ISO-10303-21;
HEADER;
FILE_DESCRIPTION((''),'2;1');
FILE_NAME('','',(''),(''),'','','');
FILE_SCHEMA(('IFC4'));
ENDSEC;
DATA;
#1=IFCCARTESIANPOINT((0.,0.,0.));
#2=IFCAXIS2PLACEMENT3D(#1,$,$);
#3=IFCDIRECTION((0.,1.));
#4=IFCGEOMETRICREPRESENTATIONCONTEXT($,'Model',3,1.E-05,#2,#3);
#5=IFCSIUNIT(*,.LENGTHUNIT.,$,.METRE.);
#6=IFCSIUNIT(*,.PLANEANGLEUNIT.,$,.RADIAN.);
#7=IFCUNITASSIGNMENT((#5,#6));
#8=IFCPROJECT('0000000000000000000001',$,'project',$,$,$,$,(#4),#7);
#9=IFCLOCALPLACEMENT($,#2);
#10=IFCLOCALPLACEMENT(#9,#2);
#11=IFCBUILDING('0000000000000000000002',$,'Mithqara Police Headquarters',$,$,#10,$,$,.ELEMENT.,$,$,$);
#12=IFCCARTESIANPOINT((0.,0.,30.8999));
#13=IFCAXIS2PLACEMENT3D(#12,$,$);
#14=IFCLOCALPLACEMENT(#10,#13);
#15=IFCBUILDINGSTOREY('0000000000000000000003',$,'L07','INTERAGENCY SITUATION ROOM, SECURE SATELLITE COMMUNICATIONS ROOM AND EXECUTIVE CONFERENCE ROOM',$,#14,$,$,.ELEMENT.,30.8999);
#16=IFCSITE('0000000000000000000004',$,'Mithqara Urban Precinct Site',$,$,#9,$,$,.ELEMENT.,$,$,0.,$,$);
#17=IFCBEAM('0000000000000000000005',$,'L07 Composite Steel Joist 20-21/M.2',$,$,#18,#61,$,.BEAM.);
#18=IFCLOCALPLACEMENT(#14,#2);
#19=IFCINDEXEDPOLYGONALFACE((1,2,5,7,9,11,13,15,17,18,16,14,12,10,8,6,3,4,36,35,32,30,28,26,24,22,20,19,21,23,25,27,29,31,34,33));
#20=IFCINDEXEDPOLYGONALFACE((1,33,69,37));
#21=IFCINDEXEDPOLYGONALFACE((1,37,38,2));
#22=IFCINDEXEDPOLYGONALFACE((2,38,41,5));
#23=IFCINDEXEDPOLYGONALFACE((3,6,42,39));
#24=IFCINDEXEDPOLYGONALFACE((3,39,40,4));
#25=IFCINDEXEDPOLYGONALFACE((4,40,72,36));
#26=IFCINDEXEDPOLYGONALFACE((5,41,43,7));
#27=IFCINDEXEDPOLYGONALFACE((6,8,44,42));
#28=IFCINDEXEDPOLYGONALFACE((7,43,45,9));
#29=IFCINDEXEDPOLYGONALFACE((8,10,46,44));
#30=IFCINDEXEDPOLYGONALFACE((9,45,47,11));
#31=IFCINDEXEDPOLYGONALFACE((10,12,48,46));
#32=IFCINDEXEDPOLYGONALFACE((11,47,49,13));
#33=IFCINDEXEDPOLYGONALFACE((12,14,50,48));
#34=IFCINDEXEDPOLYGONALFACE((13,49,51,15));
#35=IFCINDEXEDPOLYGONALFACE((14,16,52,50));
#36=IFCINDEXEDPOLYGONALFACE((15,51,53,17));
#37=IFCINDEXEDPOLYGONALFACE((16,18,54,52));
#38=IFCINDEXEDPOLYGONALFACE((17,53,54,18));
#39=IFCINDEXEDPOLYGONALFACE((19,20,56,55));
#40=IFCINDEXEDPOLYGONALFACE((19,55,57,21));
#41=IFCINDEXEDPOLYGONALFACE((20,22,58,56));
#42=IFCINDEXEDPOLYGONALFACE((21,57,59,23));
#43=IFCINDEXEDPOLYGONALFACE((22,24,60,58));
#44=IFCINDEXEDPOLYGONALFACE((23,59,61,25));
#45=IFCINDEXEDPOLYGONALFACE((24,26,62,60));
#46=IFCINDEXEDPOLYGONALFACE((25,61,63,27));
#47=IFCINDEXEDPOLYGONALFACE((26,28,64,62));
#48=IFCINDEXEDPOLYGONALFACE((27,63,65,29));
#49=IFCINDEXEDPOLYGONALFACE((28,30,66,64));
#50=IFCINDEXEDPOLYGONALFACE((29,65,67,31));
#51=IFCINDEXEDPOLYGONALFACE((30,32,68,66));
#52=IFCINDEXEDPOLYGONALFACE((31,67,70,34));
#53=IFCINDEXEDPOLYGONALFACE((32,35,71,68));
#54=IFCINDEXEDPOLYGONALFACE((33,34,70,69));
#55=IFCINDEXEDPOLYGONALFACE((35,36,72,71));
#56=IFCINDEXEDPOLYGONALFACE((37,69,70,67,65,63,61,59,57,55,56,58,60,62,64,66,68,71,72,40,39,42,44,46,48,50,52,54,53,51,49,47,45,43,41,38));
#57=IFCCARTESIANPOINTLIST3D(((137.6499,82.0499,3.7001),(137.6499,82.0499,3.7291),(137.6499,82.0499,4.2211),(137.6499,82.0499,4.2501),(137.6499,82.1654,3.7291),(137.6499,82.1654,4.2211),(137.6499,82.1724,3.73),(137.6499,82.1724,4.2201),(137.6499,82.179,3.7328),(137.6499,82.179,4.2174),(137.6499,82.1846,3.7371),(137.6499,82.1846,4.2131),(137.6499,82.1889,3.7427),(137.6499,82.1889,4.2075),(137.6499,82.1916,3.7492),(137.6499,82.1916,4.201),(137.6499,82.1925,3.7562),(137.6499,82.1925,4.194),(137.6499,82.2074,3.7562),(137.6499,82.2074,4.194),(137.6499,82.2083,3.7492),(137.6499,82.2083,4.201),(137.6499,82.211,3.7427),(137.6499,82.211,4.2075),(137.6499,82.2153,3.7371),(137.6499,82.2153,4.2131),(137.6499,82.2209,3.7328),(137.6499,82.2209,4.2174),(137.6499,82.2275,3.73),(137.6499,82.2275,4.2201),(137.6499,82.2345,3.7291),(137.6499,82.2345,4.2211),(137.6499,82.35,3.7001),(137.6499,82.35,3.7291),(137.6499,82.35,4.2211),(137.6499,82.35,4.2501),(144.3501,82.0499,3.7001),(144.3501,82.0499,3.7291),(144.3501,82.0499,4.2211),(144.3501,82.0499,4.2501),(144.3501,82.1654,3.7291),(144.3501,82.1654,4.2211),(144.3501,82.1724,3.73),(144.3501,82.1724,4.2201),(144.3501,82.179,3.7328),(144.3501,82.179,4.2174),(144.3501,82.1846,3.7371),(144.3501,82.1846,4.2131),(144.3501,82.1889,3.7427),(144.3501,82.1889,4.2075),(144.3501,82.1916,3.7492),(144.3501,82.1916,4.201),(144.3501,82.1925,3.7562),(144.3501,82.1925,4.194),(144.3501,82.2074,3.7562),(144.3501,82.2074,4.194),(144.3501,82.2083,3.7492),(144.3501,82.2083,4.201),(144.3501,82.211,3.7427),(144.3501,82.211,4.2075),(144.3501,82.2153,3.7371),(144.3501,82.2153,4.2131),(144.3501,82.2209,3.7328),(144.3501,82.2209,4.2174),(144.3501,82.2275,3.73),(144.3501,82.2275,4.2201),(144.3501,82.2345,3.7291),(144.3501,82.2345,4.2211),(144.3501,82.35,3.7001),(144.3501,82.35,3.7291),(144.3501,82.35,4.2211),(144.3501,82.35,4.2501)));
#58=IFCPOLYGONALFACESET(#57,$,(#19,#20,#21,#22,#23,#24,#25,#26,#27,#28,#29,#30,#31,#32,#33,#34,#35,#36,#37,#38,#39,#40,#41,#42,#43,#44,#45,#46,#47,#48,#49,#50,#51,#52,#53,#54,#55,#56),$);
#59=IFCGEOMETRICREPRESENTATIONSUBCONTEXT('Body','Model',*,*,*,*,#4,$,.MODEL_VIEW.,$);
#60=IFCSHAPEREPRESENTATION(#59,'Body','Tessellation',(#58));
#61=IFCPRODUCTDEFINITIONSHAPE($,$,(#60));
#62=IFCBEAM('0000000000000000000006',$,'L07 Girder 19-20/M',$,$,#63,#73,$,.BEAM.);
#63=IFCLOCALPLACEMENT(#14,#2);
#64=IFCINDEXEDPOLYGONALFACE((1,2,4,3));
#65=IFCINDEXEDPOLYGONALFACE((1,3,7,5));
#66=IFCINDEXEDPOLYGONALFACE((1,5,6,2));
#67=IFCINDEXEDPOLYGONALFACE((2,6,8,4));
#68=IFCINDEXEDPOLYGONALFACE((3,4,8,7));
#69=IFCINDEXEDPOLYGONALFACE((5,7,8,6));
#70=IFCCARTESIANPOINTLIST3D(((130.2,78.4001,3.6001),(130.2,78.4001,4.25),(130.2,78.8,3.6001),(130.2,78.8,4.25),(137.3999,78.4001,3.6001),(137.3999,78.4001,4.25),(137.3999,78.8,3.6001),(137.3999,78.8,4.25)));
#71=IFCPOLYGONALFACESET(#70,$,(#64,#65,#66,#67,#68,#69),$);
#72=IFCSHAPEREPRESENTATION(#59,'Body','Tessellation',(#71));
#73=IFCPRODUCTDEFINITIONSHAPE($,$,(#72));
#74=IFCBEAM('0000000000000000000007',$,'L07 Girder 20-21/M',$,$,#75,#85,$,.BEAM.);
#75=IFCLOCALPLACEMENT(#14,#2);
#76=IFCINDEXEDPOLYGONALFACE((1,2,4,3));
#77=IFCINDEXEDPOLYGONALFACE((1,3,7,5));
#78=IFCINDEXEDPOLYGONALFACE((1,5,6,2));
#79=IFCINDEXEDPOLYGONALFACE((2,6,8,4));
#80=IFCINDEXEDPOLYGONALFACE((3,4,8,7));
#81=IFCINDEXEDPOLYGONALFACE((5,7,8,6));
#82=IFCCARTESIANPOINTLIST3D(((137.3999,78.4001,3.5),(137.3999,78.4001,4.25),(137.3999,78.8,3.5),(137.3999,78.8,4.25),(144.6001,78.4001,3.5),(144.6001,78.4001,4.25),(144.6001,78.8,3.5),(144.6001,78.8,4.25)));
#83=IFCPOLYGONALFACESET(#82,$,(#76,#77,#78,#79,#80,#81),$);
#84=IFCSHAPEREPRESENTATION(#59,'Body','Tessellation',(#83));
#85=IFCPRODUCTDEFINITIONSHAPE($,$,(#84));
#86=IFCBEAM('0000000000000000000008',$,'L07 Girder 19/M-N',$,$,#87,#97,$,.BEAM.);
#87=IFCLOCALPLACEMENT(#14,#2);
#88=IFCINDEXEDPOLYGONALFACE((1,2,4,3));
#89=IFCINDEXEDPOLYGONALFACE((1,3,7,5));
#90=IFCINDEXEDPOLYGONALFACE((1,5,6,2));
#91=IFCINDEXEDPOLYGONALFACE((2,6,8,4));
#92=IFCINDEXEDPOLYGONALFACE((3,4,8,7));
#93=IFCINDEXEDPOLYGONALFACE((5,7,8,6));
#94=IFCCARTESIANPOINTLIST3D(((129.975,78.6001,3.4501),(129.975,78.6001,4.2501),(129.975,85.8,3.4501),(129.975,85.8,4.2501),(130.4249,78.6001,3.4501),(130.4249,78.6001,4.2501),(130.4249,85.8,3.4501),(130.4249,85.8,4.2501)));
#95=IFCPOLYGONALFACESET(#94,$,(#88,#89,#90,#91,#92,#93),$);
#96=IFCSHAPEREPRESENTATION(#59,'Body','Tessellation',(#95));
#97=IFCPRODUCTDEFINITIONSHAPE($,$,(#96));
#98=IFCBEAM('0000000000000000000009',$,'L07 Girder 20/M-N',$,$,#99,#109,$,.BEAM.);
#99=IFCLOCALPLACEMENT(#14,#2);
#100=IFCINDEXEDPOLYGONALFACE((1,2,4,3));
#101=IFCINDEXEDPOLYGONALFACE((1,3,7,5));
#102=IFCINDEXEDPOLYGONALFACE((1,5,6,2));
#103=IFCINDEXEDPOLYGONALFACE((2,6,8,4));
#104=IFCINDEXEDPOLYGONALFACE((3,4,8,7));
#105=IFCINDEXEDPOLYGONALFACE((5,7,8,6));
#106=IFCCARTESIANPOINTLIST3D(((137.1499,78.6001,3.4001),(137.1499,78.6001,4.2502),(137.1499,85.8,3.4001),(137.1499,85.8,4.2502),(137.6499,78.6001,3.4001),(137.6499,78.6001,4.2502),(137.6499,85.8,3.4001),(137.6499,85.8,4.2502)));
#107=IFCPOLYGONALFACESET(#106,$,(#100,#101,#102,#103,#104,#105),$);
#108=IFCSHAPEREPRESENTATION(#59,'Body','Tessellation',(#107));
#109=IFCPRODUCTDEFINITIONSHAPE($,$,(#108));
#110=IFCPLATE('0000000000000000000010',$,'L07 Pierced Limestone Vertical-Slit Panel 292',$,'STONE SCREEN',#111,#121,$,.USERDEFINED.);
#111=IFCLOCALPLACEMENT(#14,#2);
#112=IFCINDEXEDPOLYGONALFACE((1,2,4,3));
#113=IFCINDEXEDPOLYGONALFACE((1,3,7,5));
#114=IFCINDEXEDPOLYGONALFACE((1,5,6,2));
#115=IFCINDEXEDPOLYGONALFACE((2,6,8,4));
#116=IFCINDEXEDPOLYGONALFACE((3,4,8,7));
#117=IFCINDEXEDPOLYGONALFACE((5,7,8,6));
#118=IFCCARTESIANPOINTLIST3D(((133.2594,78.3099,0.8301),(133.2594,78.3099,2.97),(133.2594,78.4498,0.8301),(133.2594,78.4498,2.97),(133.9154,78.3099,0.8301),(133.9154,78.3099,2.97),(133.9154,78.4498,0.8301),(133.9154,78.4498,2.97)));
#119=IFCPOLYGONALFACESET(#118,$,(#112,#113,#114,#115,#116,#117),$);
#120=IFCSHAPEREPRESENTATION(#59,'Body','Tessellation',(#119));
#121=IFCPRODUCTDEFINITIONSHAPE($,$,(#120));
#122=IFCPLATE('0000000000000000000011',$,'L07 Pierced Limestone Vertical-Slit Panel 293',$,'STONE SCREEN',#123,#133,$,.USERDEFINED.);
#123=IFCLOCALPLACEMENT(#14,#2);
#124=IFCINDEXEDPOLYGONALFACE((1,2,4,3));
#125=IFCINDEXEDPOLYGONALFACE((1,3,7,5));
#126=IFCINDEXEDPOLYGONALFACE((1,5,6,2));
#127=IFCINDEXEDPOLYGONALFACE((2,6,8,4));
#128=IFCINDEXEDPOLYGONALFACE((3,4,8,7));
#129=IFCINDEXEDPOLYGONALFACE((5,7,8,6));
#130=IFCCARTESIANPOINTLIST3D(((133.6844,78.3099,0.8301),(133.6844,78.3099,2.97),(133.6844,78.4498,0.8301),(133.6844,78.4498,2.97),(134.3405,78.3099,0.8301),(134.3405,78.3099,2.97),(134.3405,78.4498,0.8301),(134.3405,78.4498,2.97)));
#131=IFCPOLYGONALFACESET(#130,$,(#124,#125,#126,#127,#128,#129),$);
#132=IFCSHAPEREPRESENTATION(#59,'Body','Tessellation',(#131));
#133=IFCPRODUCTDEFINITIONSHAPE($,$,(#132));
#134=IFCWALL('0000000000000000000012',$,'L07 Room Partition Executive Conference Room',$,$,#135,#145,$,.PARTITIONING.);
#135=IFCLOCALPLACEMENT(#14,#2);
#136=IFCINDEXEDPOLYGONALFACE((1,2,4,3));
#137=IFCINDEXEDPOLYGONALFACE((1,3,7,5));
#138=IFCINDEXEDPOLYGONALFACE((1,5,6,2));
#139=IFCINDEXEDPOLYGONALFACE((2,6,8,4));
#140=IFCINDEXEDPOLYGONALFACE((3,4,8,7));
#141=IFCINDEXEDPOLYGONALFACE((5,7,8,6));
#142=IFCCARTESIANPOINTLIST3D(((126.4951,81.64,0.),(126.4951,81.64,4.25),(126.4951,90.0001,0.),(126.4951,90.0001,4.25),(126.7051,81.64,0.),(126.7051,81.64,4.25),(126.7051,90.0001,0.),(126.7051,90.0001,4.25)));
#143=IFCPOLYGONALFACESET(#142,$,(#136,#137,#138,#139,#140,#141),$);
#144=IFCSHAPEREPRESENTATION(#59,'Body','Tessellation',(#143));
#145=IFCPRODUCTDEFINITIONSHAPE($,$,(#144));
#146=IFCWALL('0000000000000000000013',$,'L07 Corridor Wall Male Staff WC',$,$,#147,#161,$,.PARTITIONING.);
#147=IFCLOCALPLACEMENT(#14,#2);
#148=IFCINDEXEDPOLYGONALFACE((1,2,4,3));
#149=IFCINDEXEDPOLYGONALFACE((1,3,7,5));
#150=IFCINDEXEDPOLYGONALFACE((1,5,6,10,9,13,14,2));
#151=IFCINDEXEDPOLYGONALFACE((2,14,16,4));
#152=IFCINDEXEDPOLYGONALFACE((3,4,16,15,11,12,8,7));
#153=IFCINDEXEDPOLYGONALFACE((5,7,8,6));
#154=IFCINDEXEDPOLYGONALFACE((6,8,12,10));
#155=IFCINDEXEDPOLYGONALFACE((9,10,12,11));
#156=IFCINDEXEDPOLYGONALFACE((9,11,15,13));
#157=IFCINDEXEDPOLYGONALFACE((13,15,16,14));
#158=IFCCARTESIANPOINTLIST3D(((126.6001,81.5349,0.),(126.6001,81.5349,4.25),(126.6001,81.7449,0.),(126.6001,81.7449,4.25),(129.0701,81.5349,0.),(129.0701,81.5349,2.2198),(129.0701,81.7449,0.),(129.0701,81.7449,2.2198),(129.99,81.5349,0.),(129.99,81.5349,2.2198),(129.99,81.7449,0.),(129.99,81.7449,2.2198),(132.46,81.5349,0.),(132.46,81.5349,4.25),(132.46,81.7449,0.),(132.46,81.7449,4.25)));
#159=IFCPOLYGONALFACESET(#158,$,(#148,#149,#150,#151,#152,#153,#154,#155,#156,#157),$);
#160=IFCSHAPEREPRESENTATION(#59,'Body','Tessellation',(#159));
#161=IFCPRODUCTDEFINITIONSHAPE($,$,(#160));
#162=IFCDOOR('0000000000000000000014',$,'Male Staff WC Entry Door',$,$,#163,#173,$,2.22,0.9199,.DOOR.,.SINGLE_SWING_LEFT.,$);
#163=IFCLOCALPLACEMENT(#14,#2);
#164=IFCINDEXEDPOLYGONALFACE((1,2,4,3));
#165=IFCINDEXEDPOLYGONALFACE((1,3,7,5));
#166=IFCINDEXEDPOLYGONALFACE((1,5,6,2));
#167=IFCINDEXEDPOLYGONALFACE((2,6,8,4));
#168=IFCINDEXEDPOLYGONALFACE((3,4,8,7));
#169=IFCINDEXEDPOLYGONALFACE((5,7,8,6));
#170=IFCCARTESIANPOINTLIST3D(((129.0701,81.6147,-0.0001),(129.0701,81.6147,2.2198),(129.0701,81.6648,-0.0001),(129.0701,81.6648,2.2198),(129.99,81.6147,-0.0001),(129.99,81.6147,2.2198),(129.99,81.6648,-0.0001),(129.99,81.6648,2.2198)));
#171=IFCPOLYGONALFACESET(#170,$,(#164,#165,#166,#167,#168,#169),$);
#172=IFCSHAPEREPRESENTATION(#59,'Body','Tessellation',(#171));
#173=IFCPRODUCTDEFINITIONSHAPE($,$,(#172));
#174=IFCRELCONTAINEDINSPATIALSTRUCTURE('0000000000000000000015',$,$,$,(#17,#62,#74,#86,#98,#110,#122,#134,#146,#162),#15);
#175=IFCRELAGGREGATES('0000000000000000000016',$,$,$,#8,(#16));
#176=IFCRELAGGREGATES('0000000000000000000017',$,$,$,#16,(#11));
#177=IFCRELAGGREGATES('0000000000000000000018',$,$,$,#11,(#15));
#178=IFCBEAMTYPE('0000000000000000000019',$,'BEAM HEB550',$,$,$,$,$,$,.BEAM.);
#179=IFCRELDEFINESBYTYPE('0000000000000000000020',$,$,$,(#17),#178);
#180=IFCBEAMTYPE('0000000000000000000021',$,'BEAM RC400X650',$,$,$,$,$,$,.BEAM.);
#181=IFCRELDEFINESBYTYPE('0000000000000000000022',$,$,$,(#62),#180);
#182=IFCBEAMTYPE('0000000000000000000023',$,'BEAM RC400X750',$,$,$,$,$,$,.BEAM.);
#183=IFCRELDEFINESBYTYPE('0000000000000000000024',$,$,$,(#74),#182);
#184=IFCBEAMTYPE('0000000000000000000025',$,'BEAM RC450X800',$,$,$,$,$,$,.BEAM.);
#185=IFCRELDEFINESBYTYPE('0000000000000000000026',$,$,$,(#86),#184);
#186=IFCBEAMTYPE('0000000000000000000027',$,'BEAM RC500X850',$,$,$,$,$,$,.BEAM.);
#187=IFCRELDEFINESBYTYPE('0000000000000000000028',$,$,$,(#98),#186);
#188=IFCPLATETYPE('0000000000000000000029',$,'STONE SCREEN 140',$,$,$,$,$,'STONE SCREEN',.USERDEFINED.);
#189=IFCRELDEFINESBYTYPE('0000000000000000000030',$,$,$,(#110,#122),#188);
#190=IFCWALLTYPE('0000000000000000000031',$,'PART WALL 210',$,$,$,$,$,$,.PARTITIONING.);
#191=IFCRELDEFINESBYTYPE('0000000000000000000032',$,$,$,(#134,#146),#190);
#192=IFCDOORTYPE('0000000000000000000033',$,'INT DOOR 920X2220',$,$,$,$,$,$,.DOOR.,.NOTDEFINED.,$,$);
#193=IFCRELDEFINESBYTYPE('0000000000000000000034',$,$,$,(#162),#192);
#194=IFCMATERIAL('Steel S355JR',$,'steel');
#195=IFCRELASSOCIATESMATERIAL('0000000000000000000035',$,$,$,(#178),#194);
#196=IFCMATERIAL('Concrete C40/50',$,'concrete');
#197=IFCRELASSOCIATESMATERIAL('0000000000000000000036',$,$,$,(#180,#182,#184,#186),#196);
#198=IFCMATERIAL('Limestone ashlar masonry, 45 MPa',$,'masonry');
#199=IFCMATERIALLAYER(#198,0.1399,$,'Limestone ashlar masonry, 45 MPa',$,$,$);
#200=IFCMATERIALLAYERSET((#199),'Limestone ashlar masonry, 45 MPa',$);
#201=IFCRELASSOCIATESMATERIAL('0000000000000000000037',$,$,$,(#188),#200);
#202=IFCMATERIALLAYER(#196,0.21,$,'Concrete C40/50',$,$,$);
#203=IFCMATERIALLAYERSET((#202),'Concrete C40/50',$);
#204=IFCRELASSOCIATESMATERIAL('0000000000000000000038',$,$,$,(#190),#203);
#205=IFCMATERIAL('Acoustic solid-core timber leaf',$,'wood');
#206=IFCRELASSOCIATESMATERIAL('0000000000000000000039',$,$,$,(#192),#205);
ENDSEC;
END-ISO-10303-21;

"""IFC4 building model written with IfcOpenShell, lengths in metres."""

from ifc_helpers import new_model, si_unit, direction, frame, frame_2d, origin, origin_2d, place, context, subcontext, project, spatial, rectangle, i_section, extrude, material, layer, layer_set, material_profile, profile_set, type_object, element, fill, save


model = new_model("IFC4")

# Units and contexts
model_context = context("Model", 3, precision=1e-05, world=origin(), true_north=direction((0.0, 1.0)))
body_context = subcontext(model_context, "Body", "Model", "MODEL_VIEW")
ifc_project = project(units=[si_unit("LENGTHUNIT", "METRE"), si_unit("PLANEANGLEUNIT", "RADIAN")], contexts=[model_context])

# Site, building, storey
site_placement = place(None, origin())
site = spatial("IfcSite", under=ifc_project, at=site_placement, Name="Mithqara Urban Precinct Site", CompositionType="ELEMENT", RefElevation=0.0)
building_placement = place(site_placement, origin())
building = spatial("IfcBuilding", under=site, at=building_placement, Name="Mithqara Police Headquarters", CompositionType="ELEMENT")
storey_placement = place(building_placement, frame((0.0, 0.0, 30.8999)))
storey = spatial("IfcBuildingStorey", under=building, at=storey_placement, Name="L07", Description="INTERAGENCY SITUATION ROOM, SECURE SATELLITE COMMUNICATIONS ROOM AND EXECUTIVE CONFERENCE ROOM", CompositionType="ELEMENT", Elevation=30.8999)

# Beams
ifc_material_1 = material(Name="Steel S355JR", Category="steel")
ifc_material_profile_1 = material_profile(ifc_material_1, i_section(OverallWidth=0.3, OverallDepth=0.55, WebThickness=0.0149, FlangeThickness=0.0291, FilletRadius=0.0271, at=origin_2d()), Name="HEB 550")
ifc_profile_set_1 = profile_set([ifc_material_profile_1], Name="Steel S355JR")
beam_type_1 = type_object("IfcBeamType", Name="BEAM HEB550", PredefinedType="BEAM", material=ifc_profile_set_1)
for number, where, z_axis, x_axis, name in (
    (1, (137.6499, 82.2, 3.9751), (1.0, 0.0, 0.0), (0.0, 1.0, 0.0), "L07 Composite Steel Joist 20-21/M.2"),
):
    element("IfcBeam", number, at=place(storey_placement, frame(where, z_axis=z_axis, x_axis=x_axis)), inside=storey, type_object=beam_type_1, Name=name, PredefinedType="BEAM", context=body_context, shape_type="SweptSolid", body=[
        extrude(i_section(OverallWidth=0.3, OverallDepth=0.55, WebThickness=0.0149, FlangeThickness=0.0291, FilletRadius=0.0271, at=origin_2d()), origin(), (0.0, 0.0, 1.0), 6.7002),
    ])
ifc_material_2 = material(Name="Concrete C40/50", Category="concrete")
ifc_material_profile_2 = material_profile(ifc_material_2, rectangle(XDim=0.3999, YDim=0.6499, at=origin_2d()), Name="RC 400x650")
ifc_profile_set_2 = profile_set([ifc_material_profile_2], Name="Concrete C40/50")
beam_type_2 = type_object("IfcBeamType", Name="BEAM RC400X650", PredefinedType="BEAM", material=ifc_profile_set_2)
beam_1_placement = place(storey_placement, frame((130.2, 78.6001, 3.925), z_axis=(1.0, 0.0, 0.0), x_axis=(0.0, 1.0, 0.0)))
element("IfcBeam", 2, at=beam_1_placement, inside=storey, type_object=beam_type_2, Name="L07 Girder 19-20/M", PredefinedType="BEAM", context=body_context, shape_type="SweptSolid", body=[
    extrude(rectangle(XDim=0.3999, YDim=0.6499, at=origin_2d()), origin(), (0.0, 0.0, 1.0), 7.2),
])
ifc_material_profile_3 = material_profile(ifc_material_2, rectangle(XDim=0.3999, YDim=0.75, at=origin_2d()), Name="RC 400x750")
ifc_profile_set_3 = profile_set([ifc_material_profile_3], Name="Concrete C40/50")
beam_type_3 = type_object("IfcBeamType", Name="BEAM RC400X750", PredefinedType="BEAM", material=ifc_profile_set_3)
beam_2_placement = place(storey_placement, frame((137.3999, 78.6001, 3.875), z_axis=(1.0, 0.0, 0.0), x_axis=(0.0, 1.0, 0.0)))
element("IfcBeam", 3, at=beam_2_placement, inside=storey, type_object=beam_type_3, Name="L07 Girder 20-21/M", PredefinedType="BEAM", context=body_context, shape_type="SweptSolid", body=[
    extrude(rectangle(XDim=0.3999, YDim=0.75, at=origin_2d()), origin(), (0.0, 0.0, 1.0), 7.2002),
])
ifc_material_profile_4 = material_profile(ifc_material_2, rectangle(XDim=0.45, YDim=0.8, at=origin_2d()), Name="RC 450x800")
ifc_profile_set_4 = profile_set([ifc_material_profile_4], Name="Concrete C40/50")
beam_type_4 = type_object("IfcBeamType", Name="BEAM RC450X800", PredefinedType="BEAM", material=ifc_profile_set_4)
beam_3_placement = place(storey_placement, frame((130.2, 78.6001, 3.8501), z_axis=(0.0, 1.0, 0.0), x_axis=(-1.0, 0.0, 0.0)))
element("IfcBeam", 4, at=beam_3_placement, inside=storey, type_object=beam_type_4, Name="L07 Girder 19/M-N", PredefinedType="BEAM", context=body_context, shape_type="SweptSolid", body=[
    extrude(rectangle(XDim=0.45, YDim=0.8, at=origin_2d()), origin(), (0.0, 0.0, 1.0), 7.2),
])
ifc_material_profile_5 = material_profile(ifc_material_2, rectangle(XDim=0.5, YDim=0.8501, at=origin_2d()), Name="RC 500x850")
ifc_profile_set_5 = profile_set([ifc_material_profile_5], Name="Concrete C40/50")
beam_type_5 = type_object("IfcBeamType", Name="BEAM RC500X850", PredefinedType="BEAM", material=ifc_profile_set_5)
beam_4_placement = place(storey_placement, frame((137.3999, 78.6001, 3.8252), z_axis=(0.0, 1.0, 0.0), x_axis=(-1.0, 0.0, 0.0)))
element("IfcBeam", 5, at=beam_4_placement, inside=storey, type_object=beam_type_5, Name="L07 Girder 20/M-N", PredefinedType="BEAM", context=body_context, shape_type="SweptSolid", body=[
    extrude(rectangle(XDim=0.5, YDim=0.8501, at=origin_2d()), origin(), (0.0, 0.0, 1.0), 7.2),
])

# Plates
ifc_material_3 = material(Name="Limestone ashlar masonry, 45 MPa", Category="masonry")
ifc_layer_1 = layer(ifc_material_3, 0.1399, Name="Limestone ashlar masonry, 45 MPa")
ifc_layer_set_1 = layer_set([ifc_layer_1], Name="Limestone ashlar masonry, 45 MPa")
plate_type = type_object("IfcPlateType", Name="STONE SCREEN 140", ElementType="STONE SCREEN", PredefinedType="USERDEFINED", material=ifc_layer_set_1)
for number, where, z_axis, x_axis, name in (
    (6, (133.5874, 78.3799, 0.8301), (0.0, 0.0, 1.0), (1.0, 0.0, 0.0), "L07 Pierced Limestone Vertical-Slit Panel 292"),
    (7, (134.0125, 78.3799, 0.8301), (0.0, 0.0, 1.0), (1.0, 0.0, 0.0), "L07 Pierced Limestone Vertical-Slit Panel 293"),
):
    element("IfcPlate", number, at=place(storey_placement, frame(where, z_axis=z_axis, x_axis=x_axis)), inside=storey, type_object=plate_type, Name=name, ObjectType="STONE SCREEN", PredefinedType="USERDEFINED", context=body_context, shape_type="SweptSolid", body=[
        extrude(rectangle(XDim=0.656, YDim=0.1399, at=origin_2d()), origin(), (0.0, 0.0, 1.0), 2.1399),
    ])

# Wall
ifc_layer_2 = layer(ifc_material_2, 0.21, Name="Concrete C40/50")
ifc_layer_set_2 = layer_set([ifc_layer_2], Name="Concrete C40/50")
wall_type = type_object("IfcWallType", Name="PART WALL 210", PredefinedType="PARTITIONING", material=ifc_layer_set_2)
wall_1_placement = place(storey_placement, frame((126.6001, 81.6399, 0.0), z_axis=(0.0, 0.0, 1.0), x_axis=(0.0, 1.0, 0.0)))
element("IfcWall", 8, at=wall_1_placement, inside=storey, type_object=wall_type, Name="L07 Room Partition Executive Conference Room", PredefinedType="PARTITIONING", context=body_context, shape_type="SweptSolid", body=[
    extrude(rectangle(XDim=8.3601, YDim=0.21, at=frame_2d((4.1802, 0.0))), origin(), (0.0, 0.0, 1.0), 4.25),
])

# Wall, opening, door
wall_2_placement = place(storey_placement, frame((126.6001, 81.6399, 0.0), z_axis=(0.0, 0.0, 1.0), x_axis=(1.0, 0.0, 0.0)))
wall_2 = element("IfcWall", 9, at=wall_2_placement, inside=storey, type_object=wall_type, Name="L07 Corridor Wall Male Staff WC", PredefinedType="PARTITIONING", context=body_context, shape_type="SweptSolid", body=[
    extrude(rectangle(XDim=5.8599, YDim=0.21, at=frame_2d((2.9299, 0.0))), origin(), (0.0, 0.0, 1.0), 4.25),
])
opening_1_placement = place(wall_2_placement, frame((2.47, 0.0, 0.0)))
opening_1 = element("IfcOpeningElement", 10, at=opening_1_placement, cuts=wall_2, PredefinedType="OPENING", context=body_context, shape_type="SweptSolid", body=[
    extrude(rectangle(XDim=0.9199, YDim=2.22, at=frame_2d((0.46, 1.1099))), frame((0.0, 0.115, 0.0), z_axis=(0.0, -1.0, 0.0), x_axis=(1.0, 0.0, 0.0)), (0.0, 0.0, 1.0), 0.23),
])
ifc_material_4 = material(Name="Acoustic solid-core timber leaf", Category="wood")
door_type_1 = type_object("IfcDoorType", Name="INT DOOR 920X2220", OperationType="NOTDEFINED", PredefinedType="DOOR", material=ifc_material_4)
door_1_placement = place(opening_1_placement, origin())
door_1 = element("IfcDoor", 11, at=door_1_placement, inside=storey, type_object=door_type_1, Name="Male Staff WC Entry Door", OperationType="SINGLE_SWING_LEFT", OverallHeight=2.22, OverallWidth=0.9199, PredefinedType="DOOR", context=body_context, shape_type="SweptSolid", body=[
    extrude(rectangle(XDim=0.9199, YDim=2.22, at=frame_2d((0.46, 1.1099))), frame((0.0, 0.0249, 0.0), z_axis=(0.0, -1.0, 0.0), x_axis=(1.0, 0.0, 0.0)), (0.0, 0.0, 1.0), 0.05),
])
fill(opening_1, door_1)

save(model, "model.ifc")
